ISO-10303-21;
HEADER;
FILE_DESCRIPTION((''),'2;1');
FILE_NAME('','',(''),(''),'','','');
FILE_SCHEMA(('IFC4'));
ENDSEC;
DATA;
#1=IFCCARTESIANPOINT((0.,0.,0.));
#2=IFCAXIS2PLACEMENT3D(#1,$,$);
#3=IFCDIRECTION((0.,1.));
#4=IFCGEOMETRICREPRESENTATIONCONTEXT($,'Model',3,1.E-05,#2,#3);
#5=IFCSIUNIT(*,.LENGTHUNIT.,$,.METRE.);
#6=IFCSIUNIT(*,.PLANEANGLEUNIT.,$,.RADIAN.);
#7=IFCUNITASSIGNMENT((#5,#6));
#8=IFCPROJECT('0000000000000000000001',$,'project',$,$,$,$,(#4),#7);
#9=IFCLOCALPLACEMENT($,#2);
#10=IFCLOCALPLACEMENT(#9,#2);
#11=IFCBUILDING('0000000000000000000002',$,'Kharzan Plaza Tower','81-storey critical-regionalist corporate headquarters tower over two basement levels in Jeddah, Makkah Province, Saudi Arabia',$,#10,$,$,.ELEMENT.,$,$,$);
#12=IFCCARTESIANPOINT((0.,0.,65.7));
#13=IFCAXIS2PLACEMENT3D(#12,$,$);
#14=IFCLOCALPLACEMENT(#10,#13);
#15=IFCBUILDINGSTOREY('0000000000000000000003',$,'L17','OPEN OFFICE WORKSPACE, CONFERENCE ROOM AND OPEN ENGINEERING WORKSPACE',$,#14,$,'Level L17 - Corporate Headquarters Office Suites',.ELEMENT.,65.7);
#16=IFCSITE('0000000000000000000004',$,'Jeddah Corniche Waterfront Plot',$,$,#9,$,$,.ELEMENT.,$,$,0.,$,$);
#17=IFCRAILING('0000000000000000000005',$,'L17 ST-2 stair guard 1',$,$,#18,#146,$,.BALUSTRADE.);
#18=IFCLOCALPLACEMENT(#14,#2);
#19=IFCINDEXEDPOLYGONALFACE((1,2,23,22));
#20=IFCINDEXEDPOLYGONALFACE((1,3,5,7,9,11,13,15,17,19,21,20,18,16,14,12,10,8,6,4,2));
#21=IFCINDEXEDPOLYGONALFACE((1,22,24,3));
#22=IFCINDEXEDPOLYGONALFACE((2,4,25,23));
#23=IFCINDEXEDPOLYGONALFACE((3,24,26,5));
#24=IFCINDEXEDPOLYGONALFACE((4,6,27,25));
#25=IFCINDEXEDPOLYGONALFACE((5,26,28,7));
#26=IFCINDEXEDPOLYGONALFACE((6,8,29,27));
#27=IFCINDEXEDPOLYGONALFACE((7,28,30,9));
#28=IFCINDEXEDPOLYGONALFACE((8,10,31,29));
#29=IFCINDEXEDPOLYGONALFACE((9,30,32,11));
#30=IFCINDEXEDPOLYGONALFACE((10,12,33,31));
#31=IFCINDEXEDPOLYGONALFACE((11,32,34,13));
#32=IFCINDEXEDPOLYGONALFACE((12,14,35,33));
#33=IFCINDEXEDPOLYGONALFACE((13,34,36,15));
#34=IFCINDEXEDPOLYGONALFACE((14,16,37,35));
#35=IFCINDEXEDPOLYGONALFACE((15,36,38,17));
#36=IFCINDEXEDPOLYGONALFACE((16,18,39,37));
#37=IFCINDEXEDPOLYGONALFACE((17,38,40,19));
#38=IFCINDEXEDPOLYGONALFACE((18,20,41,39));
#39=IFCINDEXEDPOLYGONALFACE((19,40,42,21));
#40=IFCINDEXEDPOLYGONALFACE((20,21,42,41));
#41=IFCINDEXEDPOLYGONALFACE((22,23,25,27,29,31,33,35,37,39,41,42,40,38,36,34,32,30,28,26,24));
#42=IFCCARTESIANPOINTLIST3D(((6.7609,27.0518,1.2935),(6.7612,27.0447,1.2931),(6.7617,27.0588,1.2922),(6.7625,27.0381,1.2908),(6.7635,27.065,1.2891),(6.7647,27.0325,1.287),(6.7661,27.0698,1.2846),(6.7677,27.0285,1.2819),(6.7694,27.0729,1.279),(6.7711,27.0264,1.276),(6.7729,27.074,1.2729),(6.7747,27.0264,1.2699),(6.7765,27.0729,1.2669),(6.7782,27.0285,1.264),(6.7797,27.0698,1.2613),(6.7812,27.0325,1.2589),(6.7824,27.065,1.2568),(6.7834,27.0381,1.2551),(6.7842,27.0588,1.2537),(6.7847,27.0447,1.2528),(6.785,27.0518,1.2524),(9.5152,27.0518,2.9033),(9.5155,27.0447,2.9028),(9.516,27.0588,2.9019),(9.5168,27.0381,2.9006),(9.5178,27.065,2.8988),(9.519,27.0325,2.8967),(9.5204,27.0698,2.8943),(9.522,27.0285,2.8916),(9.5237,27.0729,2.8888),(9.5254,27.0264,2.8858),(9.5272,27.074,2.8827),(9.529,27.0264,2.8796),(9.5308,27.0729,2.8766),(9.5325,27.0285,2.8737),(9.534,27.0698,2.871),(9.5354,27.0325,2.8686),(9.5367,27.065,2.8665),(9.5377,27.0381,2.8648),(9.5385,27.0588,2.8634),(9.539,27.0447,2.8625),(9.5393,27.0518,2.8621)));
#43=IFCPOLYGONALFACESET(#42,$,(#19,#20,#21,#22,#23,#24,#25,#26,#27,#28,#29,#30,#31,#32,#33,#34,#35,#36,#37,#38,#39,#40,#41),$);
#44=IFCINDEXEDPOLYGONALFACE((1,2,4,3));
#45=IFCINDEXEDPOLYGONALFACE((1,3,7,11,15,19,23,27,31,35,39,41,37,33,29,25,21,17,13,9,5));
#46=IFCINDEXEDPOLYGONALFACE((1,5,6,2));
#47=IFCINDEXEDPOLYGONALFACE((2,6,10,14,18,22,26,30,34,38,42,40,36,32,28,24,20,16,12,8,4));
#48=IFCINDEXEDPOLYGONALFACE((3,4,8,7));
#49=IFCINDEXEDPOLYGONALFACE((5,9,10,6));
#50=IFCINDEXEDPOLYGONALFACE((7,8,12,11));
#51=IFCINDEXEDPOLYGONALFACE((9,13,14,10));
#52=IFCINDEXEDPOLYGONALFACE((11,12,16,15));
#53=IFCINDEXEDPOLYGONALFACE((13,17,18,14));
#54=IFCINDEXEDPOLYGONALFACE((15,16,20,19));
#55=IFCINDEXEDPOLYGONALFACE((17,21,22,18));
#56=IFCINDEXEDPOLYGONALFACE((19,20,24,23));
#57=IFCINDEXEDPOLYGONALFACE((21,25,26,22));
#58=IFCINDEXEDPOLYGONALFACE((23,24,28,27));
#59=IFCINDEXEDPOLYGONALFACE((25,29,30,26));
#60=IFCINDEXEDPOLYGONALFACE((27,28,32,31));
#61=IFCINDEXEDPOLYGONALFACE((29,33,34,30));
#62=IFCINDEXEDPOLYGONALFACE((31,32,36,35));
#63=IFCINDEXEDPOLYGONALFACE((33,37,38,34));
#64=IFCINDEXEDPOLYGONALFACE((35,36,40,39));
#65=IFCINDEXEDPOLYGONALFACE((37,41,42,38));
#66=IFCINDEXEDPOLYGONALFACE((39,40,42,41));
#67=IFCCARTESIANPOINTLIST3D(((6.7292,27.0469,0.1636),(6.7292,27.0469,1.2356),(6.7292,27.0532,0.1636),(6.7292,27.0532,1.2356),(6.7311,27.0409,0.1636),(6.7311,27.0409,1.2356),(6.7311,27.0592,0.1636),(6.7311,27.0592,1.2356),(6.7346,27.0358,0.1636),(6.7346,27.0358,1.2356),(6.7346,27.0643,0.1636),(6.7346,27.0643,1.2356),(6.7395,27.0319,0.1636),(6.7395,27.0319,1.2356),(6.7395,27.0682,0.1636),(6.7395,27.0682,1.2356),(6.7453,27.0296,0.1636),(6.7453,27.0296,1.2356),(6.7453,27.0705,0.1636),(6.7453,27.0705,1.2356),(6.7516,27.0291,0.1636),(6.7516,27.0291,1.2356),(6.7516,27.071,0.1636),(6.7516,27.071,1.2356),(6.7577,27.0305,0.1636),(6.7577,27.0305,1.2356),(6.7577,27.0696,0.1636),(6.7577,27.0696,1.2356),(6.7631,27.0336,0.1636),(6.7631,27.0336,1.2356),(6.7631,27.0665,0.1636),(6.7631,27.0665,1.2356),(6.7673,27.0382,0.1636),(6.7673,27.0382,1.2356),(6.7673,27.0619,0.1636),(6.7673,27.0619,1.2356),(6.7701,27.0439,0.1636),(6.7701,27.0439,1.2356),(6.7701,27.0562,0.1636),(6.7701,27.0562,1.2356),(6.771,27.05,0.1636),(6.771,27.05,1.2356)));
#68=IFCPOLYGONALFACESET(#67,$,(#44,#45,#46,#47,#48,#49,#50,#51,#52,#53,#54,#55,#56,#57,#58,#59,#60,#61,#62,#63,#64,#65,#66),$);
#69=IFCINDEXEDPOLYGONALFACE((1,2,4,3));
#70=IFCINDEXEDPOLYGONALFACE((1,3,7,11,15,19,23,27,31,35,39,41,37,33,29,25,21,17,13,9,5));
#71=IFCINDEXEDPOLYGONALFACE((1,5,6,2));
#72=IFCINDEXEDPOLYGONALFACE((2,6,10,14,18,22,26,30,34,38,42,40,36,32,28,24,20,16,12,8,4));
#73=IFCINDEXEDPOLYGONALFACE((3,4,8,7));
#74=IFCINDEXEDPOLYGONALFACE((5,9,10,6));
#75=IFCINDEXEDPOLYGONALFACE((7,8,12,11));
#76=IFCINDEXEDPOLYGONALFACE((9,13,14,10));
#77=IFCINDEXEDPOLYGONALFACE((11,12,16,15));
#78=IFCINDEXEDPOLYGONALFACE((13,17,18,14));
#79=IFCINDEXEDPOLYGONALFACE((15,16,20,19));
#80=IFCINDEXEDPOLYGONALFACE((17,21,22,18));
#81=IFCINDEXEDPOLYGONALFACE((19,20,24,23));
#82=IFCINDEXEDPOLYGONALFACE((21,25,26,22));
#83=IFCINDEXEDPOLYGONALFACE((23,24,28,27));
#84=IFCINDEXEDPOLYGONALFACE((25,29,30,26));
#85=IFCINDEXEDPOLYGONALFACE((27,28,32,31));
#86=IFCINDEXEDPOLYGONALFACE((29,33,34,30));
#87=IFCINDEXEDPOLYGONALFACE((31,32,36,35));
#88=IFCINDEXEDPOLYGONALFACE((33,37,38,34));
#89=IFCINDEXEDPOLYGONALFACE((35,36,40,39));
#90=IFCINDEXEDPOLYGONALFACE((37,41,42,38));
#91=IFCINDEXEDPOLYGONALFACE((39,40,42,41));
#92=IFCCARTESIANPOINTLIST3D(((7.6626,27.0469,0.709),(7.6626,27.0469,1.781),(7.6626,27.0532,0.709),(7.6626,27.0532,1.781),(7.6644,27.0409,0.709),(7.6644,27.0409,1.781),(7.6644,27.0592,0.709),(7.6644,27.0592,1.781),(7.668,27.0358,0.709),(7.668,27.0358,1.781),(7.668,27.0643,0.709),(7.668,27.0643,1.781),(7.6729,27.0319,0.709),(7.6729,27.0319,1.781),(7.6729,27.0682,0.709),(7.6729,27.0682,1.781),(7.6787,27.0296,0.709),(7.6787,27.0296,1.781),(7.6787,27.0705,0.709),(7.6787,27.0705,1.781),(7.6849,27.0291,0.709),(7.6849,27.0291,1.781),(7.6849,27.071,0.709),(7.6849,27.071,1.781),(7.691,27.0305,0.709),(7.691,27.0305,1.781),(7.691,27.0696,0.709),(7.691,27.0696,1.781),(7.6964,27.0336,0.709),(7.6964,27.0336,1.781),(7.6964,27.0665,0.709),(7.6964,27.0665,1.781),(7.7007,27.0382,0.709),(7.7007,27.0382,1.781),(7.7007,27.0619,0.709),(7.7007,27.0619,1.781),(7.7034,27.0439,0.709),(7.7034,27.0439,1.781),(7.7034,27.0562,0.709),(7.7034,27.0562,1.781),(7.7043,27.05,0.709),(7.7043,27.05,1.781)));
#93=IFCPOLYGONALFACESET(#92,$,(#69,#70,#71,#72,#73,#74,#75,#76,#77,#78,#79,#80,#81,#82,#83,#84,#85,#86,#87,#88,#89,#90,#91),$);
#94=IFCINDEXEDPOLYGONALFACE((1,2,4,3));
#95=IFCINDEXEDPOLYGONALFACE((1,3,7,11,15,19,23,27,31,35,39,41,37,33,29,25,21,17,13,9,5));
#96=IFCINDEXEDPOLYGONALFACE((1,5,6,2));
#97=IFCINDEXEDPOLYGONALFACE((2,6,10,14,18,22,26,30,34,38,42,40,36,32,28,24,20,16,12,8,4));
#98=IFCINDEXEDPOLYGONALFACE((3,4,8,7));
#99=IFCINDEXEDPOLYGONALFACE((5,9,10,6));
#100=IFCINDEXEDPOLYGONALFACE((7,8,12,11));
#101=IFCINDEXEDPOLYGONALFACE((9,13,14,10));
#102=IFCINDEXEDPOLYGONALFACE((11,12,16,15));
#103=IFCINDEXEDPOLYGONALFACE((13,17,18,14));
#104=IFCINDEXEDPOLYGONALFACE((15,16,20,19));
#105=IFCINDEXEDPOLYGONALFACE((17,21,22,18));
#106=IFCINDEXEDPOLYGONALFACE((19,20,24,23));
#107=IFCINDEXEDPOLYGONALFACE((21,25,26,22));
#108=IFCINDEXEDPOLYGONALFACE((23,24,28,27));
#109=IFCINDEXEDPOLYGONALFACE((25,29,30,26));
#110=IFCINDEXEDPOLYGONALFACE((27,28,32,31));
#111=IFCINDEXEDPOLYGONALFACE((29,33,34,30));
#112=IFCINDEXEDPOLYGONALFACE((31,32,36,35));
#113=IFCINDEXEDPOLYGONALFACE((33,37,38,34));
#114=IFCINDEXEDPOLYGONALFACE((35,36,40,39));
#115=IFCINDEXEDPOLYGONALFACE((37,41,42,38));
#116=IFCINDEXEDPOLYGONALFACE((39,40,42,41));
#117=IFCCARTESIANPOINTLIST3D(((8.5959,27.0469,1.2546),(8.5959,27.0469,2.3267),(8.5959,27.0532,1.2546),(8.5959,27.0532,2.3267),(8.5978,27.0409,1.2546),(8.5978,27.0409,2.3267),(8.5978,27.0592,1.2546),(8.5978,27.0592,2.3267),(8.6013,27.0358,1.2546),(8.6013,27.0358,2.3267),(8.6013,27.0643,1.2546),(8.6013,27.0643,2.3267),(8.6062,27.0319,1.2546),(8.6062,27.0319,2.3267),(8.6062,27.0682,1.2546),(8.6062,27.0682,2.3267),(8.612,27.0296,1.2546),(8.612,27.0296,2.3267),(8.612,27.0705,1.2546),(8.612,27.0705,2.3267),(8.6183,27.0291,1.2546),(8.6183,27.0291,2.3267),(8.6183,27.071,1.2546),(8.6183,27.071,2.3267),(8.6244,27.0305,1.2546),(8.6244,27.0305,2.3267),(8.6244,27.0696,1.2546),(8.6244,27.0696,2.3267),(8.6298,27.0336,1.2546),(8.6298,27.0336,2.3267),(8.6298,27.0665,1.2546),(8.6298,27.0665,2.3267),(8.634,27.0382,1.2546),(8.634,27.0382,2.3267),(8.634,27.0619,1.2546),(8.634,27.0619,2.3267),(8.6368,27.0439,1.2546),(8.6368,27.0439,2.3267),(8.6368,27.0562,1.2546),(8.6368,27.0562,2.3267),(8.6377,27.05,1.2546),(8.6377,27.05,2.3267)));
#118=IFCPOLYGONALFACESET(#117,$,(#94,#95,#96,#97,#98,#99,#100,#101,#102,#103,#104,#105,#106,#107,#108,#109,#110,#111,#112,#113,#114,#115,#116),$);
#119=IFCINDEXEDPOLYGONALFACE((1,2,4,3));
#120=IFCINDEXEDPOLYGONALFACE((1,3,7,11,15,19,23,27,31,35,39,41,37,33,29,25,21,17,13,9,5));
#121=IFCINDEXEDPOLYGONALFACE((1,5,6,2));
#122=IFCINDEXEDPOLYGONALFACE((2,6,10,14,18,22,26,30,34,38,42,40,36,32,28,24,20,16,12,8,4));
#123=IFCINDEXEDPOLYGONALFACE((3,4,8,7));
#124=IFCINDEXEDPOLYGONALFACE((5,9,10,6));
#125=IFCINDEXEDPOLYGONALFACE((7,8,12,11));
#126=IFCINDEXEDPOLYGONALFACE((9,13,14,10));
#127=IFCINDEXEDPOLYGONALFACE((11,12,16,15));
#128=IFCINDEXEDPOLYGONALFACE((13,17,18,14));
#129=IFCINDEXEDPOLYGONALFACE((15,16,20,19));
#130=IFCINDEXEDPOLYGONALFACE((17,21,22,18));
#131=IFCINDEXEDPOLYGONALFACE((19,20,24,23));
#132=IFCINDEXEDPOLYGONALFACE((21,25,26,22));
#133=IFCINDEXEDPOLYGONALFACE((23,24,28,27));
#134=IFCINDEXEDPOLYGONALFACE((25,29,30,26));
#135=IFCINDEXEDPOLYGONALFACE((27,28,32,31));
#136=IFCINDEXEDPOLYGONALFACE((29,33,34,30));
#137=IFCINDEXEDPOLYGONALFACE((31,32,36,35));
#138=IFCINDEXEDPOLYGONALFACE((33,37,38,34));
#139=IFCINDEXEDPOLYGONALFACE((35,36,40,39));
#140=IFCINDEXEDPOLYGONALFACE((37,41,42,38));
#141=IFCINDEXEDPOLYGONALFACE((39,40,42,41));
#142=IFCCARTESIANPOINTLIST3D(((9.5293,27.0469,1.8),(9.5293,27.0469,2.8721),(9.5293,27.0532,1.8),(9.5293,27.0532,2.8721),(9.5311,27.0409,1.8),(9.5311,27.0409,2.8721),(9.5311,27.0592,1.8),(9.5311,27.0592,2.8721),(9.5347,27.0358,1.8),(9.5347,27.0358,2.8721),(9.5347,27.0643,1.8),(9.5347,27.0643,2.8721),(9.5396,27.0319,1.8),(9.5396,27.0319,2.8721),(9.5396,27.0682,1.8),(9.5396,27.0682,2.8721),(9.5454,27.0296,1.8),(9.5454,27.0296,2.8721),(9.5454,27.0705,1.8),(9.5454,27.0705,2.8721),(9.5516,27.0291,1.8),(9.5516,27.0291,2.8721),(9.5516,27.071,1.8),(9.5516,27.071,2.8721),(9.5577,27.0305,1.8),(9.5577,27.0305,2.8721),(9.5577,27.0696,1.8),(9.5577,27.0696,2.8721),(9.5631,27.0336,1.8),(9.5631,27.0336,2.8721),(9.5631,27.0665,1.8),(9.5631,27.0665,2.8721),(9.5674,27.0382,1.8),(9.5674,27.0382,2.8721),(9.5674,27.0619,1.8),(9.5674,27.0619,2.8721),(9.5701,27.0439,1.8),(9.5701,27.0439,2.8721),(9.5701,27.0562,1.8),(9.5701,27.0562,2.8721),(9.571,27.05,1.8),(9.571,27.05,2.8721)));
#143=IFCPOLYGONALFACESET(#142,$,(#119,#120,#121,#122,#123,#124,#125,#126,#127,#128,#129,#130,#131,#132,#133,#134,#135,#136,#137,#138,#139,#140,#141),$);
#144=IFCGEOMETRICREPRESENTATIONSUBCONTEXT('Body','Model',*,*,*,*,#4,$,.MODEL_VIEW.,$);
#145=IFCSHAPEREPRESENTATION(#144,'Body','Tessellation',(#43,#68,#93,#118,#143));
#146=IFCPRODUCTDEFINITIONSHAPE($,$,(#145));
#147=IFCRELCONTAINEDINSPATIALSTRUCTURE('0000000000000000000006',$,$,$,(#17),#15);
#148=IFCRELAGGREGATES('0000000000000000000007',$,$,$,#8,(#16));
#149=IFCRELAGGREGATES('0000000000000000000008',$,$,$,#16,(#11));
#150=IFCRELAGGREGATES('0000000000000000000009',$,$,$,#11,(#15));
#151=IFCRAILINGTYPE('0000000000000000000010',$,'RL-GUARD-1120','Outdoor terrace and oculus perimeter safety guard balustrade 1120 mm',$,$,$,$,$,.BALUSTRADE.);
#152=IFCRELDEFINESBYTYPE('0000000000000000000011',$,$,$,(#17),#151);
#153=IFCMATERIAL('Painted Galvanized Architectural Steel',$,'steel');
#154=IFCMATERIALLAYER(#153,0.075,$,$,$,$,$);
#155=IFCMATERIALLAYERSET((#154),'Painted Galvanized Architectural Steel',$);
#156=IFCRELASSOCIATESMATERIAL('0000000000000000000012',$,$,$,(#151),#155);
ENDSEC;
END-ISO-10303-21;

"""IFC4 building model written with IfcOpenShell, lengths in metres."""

from ifc_helpers import new_model, si_unit, direction, frame, origin, origin_2d, place, context, subcontext, project, spatial, circle, extrude, source, transform, mapped, material, layer, layer_set, type_object, element, save


model = new_model("IFC4")

# Units and contexts
model_context = context("Model", 3, precision=1e-05, world=origin(), true_north=direction((0.0, 1.0)))
body_context = subcontext(model_context, "Body", "Model", "MODEL_VIEW")
ifc_project = project(units=[si_unit("LENGTHUNIT", "METRE"), si_unit("PLANEANGLEUNIT", "RADIAN")], contexts=[model_context])

# Site, building, storey
site_placement = place(None, origin())
site = spatial("IfcSite", under=ifc_project, at=site_placement, Name="Jeddah Corniche Waterfront Plot", CompositionType="ELEMENT", RefElevation=0.0)
building_placement = place(site_placement, origin())
building = spatial("IfcBuilding", under=site, at=building_placement, Name="Kharzan Plaza Tower", Description="81-storey critical-regionalist corporate headquarters tower over two basement levels in Jeddah, Makkah Province, Saudi Arabia", CompositionType="ELEMENT")
storey_placement = place(building_placement, frame((0.0, 0.0, 65.7)))
storey = spatial("IfcBuildingStorey", under=building, at=storey_placement, Name="L17", Description="OPEN OFFICE WORKSPACE, CONFERENCE ROOM AND OPEN ENGINEERING WORKSPACE", LongName="Level L17 - Corporate Headquarters Office Suites", CompositionType="ELEMENT", Elevation=65.7)

# Railing
ifc_material_1 = material(Name="Painted Galvanized Architectural Steel", Category="steel")
ifc_layer_1 = layer(ifc_material_1, 0.075)
ifc_layer_set_1 = layer_set([ifc_layer_1], Name="Painted Galvanized Architectural Steel")
railing_type_1 = type_object("IfcRailingType", Name="RL-GUARD-1120", Description="Outdoor terrace and oculus perimeter safety guard balustrade 1120 mm", PredefinedType="BALUSTRADE", material=ifc_layer_set_1)
shared_shape_1 = source(origin(), body_context, "Body", "SweptSolid", [
    extrude(circle(Radius=0.0239, at=origin_2d()), frame((0.0229, 0.0, 1.1094), z_axis=(0.863361, 0.0, 0.504587), x_axis=(0.0, 1.0, 0.0)), (0.0, 0.0, 1.0), 3.1902),
    extrude(circle(Radius=0.021, at=origin_2d()), origin(), (0.0, 0.0, 1.0), 1.072),
    extrude(circle(Radius=0.021, at=origin_2d()), frame((0.9333, 0.0, 0.5454)), (0.0, 0.0, 1.0), 1.072),
    extrude(circle(Radius=0.021, at=origin_2d()), frame((1.8667, 0.0, 1.0911)), (0.0, 0.0, 1.0), 1.072),
    extrude(circle(Radius=0.021, at=origin_2d()), frame((2.8, 0.0, 1.6365)), (0.0, 0.0, 1.0), 1.072),
])
railing_1_placement = place(storey_placement, frame((6.75, 27.05, 0.1636)))
element("IfcRailing", 1, at=railing_1_placement, inside=storey, type_object=railing_type_1, Name="L17 ST-2 stair guard 1", PredefinedType="BALUSTRADE", context=body_context, shape_type="MappedRepresentation", body=[
    mapped(shared_shape_1, transform((0.0, 0.0, 0.0), x_axis=(1.0, 0.0, 0.0), y_axis=(0.0, 1.0, 0.0), z_axis=(0.0, 0.0, 1.0))),
])

save(model, "model.ifc")
